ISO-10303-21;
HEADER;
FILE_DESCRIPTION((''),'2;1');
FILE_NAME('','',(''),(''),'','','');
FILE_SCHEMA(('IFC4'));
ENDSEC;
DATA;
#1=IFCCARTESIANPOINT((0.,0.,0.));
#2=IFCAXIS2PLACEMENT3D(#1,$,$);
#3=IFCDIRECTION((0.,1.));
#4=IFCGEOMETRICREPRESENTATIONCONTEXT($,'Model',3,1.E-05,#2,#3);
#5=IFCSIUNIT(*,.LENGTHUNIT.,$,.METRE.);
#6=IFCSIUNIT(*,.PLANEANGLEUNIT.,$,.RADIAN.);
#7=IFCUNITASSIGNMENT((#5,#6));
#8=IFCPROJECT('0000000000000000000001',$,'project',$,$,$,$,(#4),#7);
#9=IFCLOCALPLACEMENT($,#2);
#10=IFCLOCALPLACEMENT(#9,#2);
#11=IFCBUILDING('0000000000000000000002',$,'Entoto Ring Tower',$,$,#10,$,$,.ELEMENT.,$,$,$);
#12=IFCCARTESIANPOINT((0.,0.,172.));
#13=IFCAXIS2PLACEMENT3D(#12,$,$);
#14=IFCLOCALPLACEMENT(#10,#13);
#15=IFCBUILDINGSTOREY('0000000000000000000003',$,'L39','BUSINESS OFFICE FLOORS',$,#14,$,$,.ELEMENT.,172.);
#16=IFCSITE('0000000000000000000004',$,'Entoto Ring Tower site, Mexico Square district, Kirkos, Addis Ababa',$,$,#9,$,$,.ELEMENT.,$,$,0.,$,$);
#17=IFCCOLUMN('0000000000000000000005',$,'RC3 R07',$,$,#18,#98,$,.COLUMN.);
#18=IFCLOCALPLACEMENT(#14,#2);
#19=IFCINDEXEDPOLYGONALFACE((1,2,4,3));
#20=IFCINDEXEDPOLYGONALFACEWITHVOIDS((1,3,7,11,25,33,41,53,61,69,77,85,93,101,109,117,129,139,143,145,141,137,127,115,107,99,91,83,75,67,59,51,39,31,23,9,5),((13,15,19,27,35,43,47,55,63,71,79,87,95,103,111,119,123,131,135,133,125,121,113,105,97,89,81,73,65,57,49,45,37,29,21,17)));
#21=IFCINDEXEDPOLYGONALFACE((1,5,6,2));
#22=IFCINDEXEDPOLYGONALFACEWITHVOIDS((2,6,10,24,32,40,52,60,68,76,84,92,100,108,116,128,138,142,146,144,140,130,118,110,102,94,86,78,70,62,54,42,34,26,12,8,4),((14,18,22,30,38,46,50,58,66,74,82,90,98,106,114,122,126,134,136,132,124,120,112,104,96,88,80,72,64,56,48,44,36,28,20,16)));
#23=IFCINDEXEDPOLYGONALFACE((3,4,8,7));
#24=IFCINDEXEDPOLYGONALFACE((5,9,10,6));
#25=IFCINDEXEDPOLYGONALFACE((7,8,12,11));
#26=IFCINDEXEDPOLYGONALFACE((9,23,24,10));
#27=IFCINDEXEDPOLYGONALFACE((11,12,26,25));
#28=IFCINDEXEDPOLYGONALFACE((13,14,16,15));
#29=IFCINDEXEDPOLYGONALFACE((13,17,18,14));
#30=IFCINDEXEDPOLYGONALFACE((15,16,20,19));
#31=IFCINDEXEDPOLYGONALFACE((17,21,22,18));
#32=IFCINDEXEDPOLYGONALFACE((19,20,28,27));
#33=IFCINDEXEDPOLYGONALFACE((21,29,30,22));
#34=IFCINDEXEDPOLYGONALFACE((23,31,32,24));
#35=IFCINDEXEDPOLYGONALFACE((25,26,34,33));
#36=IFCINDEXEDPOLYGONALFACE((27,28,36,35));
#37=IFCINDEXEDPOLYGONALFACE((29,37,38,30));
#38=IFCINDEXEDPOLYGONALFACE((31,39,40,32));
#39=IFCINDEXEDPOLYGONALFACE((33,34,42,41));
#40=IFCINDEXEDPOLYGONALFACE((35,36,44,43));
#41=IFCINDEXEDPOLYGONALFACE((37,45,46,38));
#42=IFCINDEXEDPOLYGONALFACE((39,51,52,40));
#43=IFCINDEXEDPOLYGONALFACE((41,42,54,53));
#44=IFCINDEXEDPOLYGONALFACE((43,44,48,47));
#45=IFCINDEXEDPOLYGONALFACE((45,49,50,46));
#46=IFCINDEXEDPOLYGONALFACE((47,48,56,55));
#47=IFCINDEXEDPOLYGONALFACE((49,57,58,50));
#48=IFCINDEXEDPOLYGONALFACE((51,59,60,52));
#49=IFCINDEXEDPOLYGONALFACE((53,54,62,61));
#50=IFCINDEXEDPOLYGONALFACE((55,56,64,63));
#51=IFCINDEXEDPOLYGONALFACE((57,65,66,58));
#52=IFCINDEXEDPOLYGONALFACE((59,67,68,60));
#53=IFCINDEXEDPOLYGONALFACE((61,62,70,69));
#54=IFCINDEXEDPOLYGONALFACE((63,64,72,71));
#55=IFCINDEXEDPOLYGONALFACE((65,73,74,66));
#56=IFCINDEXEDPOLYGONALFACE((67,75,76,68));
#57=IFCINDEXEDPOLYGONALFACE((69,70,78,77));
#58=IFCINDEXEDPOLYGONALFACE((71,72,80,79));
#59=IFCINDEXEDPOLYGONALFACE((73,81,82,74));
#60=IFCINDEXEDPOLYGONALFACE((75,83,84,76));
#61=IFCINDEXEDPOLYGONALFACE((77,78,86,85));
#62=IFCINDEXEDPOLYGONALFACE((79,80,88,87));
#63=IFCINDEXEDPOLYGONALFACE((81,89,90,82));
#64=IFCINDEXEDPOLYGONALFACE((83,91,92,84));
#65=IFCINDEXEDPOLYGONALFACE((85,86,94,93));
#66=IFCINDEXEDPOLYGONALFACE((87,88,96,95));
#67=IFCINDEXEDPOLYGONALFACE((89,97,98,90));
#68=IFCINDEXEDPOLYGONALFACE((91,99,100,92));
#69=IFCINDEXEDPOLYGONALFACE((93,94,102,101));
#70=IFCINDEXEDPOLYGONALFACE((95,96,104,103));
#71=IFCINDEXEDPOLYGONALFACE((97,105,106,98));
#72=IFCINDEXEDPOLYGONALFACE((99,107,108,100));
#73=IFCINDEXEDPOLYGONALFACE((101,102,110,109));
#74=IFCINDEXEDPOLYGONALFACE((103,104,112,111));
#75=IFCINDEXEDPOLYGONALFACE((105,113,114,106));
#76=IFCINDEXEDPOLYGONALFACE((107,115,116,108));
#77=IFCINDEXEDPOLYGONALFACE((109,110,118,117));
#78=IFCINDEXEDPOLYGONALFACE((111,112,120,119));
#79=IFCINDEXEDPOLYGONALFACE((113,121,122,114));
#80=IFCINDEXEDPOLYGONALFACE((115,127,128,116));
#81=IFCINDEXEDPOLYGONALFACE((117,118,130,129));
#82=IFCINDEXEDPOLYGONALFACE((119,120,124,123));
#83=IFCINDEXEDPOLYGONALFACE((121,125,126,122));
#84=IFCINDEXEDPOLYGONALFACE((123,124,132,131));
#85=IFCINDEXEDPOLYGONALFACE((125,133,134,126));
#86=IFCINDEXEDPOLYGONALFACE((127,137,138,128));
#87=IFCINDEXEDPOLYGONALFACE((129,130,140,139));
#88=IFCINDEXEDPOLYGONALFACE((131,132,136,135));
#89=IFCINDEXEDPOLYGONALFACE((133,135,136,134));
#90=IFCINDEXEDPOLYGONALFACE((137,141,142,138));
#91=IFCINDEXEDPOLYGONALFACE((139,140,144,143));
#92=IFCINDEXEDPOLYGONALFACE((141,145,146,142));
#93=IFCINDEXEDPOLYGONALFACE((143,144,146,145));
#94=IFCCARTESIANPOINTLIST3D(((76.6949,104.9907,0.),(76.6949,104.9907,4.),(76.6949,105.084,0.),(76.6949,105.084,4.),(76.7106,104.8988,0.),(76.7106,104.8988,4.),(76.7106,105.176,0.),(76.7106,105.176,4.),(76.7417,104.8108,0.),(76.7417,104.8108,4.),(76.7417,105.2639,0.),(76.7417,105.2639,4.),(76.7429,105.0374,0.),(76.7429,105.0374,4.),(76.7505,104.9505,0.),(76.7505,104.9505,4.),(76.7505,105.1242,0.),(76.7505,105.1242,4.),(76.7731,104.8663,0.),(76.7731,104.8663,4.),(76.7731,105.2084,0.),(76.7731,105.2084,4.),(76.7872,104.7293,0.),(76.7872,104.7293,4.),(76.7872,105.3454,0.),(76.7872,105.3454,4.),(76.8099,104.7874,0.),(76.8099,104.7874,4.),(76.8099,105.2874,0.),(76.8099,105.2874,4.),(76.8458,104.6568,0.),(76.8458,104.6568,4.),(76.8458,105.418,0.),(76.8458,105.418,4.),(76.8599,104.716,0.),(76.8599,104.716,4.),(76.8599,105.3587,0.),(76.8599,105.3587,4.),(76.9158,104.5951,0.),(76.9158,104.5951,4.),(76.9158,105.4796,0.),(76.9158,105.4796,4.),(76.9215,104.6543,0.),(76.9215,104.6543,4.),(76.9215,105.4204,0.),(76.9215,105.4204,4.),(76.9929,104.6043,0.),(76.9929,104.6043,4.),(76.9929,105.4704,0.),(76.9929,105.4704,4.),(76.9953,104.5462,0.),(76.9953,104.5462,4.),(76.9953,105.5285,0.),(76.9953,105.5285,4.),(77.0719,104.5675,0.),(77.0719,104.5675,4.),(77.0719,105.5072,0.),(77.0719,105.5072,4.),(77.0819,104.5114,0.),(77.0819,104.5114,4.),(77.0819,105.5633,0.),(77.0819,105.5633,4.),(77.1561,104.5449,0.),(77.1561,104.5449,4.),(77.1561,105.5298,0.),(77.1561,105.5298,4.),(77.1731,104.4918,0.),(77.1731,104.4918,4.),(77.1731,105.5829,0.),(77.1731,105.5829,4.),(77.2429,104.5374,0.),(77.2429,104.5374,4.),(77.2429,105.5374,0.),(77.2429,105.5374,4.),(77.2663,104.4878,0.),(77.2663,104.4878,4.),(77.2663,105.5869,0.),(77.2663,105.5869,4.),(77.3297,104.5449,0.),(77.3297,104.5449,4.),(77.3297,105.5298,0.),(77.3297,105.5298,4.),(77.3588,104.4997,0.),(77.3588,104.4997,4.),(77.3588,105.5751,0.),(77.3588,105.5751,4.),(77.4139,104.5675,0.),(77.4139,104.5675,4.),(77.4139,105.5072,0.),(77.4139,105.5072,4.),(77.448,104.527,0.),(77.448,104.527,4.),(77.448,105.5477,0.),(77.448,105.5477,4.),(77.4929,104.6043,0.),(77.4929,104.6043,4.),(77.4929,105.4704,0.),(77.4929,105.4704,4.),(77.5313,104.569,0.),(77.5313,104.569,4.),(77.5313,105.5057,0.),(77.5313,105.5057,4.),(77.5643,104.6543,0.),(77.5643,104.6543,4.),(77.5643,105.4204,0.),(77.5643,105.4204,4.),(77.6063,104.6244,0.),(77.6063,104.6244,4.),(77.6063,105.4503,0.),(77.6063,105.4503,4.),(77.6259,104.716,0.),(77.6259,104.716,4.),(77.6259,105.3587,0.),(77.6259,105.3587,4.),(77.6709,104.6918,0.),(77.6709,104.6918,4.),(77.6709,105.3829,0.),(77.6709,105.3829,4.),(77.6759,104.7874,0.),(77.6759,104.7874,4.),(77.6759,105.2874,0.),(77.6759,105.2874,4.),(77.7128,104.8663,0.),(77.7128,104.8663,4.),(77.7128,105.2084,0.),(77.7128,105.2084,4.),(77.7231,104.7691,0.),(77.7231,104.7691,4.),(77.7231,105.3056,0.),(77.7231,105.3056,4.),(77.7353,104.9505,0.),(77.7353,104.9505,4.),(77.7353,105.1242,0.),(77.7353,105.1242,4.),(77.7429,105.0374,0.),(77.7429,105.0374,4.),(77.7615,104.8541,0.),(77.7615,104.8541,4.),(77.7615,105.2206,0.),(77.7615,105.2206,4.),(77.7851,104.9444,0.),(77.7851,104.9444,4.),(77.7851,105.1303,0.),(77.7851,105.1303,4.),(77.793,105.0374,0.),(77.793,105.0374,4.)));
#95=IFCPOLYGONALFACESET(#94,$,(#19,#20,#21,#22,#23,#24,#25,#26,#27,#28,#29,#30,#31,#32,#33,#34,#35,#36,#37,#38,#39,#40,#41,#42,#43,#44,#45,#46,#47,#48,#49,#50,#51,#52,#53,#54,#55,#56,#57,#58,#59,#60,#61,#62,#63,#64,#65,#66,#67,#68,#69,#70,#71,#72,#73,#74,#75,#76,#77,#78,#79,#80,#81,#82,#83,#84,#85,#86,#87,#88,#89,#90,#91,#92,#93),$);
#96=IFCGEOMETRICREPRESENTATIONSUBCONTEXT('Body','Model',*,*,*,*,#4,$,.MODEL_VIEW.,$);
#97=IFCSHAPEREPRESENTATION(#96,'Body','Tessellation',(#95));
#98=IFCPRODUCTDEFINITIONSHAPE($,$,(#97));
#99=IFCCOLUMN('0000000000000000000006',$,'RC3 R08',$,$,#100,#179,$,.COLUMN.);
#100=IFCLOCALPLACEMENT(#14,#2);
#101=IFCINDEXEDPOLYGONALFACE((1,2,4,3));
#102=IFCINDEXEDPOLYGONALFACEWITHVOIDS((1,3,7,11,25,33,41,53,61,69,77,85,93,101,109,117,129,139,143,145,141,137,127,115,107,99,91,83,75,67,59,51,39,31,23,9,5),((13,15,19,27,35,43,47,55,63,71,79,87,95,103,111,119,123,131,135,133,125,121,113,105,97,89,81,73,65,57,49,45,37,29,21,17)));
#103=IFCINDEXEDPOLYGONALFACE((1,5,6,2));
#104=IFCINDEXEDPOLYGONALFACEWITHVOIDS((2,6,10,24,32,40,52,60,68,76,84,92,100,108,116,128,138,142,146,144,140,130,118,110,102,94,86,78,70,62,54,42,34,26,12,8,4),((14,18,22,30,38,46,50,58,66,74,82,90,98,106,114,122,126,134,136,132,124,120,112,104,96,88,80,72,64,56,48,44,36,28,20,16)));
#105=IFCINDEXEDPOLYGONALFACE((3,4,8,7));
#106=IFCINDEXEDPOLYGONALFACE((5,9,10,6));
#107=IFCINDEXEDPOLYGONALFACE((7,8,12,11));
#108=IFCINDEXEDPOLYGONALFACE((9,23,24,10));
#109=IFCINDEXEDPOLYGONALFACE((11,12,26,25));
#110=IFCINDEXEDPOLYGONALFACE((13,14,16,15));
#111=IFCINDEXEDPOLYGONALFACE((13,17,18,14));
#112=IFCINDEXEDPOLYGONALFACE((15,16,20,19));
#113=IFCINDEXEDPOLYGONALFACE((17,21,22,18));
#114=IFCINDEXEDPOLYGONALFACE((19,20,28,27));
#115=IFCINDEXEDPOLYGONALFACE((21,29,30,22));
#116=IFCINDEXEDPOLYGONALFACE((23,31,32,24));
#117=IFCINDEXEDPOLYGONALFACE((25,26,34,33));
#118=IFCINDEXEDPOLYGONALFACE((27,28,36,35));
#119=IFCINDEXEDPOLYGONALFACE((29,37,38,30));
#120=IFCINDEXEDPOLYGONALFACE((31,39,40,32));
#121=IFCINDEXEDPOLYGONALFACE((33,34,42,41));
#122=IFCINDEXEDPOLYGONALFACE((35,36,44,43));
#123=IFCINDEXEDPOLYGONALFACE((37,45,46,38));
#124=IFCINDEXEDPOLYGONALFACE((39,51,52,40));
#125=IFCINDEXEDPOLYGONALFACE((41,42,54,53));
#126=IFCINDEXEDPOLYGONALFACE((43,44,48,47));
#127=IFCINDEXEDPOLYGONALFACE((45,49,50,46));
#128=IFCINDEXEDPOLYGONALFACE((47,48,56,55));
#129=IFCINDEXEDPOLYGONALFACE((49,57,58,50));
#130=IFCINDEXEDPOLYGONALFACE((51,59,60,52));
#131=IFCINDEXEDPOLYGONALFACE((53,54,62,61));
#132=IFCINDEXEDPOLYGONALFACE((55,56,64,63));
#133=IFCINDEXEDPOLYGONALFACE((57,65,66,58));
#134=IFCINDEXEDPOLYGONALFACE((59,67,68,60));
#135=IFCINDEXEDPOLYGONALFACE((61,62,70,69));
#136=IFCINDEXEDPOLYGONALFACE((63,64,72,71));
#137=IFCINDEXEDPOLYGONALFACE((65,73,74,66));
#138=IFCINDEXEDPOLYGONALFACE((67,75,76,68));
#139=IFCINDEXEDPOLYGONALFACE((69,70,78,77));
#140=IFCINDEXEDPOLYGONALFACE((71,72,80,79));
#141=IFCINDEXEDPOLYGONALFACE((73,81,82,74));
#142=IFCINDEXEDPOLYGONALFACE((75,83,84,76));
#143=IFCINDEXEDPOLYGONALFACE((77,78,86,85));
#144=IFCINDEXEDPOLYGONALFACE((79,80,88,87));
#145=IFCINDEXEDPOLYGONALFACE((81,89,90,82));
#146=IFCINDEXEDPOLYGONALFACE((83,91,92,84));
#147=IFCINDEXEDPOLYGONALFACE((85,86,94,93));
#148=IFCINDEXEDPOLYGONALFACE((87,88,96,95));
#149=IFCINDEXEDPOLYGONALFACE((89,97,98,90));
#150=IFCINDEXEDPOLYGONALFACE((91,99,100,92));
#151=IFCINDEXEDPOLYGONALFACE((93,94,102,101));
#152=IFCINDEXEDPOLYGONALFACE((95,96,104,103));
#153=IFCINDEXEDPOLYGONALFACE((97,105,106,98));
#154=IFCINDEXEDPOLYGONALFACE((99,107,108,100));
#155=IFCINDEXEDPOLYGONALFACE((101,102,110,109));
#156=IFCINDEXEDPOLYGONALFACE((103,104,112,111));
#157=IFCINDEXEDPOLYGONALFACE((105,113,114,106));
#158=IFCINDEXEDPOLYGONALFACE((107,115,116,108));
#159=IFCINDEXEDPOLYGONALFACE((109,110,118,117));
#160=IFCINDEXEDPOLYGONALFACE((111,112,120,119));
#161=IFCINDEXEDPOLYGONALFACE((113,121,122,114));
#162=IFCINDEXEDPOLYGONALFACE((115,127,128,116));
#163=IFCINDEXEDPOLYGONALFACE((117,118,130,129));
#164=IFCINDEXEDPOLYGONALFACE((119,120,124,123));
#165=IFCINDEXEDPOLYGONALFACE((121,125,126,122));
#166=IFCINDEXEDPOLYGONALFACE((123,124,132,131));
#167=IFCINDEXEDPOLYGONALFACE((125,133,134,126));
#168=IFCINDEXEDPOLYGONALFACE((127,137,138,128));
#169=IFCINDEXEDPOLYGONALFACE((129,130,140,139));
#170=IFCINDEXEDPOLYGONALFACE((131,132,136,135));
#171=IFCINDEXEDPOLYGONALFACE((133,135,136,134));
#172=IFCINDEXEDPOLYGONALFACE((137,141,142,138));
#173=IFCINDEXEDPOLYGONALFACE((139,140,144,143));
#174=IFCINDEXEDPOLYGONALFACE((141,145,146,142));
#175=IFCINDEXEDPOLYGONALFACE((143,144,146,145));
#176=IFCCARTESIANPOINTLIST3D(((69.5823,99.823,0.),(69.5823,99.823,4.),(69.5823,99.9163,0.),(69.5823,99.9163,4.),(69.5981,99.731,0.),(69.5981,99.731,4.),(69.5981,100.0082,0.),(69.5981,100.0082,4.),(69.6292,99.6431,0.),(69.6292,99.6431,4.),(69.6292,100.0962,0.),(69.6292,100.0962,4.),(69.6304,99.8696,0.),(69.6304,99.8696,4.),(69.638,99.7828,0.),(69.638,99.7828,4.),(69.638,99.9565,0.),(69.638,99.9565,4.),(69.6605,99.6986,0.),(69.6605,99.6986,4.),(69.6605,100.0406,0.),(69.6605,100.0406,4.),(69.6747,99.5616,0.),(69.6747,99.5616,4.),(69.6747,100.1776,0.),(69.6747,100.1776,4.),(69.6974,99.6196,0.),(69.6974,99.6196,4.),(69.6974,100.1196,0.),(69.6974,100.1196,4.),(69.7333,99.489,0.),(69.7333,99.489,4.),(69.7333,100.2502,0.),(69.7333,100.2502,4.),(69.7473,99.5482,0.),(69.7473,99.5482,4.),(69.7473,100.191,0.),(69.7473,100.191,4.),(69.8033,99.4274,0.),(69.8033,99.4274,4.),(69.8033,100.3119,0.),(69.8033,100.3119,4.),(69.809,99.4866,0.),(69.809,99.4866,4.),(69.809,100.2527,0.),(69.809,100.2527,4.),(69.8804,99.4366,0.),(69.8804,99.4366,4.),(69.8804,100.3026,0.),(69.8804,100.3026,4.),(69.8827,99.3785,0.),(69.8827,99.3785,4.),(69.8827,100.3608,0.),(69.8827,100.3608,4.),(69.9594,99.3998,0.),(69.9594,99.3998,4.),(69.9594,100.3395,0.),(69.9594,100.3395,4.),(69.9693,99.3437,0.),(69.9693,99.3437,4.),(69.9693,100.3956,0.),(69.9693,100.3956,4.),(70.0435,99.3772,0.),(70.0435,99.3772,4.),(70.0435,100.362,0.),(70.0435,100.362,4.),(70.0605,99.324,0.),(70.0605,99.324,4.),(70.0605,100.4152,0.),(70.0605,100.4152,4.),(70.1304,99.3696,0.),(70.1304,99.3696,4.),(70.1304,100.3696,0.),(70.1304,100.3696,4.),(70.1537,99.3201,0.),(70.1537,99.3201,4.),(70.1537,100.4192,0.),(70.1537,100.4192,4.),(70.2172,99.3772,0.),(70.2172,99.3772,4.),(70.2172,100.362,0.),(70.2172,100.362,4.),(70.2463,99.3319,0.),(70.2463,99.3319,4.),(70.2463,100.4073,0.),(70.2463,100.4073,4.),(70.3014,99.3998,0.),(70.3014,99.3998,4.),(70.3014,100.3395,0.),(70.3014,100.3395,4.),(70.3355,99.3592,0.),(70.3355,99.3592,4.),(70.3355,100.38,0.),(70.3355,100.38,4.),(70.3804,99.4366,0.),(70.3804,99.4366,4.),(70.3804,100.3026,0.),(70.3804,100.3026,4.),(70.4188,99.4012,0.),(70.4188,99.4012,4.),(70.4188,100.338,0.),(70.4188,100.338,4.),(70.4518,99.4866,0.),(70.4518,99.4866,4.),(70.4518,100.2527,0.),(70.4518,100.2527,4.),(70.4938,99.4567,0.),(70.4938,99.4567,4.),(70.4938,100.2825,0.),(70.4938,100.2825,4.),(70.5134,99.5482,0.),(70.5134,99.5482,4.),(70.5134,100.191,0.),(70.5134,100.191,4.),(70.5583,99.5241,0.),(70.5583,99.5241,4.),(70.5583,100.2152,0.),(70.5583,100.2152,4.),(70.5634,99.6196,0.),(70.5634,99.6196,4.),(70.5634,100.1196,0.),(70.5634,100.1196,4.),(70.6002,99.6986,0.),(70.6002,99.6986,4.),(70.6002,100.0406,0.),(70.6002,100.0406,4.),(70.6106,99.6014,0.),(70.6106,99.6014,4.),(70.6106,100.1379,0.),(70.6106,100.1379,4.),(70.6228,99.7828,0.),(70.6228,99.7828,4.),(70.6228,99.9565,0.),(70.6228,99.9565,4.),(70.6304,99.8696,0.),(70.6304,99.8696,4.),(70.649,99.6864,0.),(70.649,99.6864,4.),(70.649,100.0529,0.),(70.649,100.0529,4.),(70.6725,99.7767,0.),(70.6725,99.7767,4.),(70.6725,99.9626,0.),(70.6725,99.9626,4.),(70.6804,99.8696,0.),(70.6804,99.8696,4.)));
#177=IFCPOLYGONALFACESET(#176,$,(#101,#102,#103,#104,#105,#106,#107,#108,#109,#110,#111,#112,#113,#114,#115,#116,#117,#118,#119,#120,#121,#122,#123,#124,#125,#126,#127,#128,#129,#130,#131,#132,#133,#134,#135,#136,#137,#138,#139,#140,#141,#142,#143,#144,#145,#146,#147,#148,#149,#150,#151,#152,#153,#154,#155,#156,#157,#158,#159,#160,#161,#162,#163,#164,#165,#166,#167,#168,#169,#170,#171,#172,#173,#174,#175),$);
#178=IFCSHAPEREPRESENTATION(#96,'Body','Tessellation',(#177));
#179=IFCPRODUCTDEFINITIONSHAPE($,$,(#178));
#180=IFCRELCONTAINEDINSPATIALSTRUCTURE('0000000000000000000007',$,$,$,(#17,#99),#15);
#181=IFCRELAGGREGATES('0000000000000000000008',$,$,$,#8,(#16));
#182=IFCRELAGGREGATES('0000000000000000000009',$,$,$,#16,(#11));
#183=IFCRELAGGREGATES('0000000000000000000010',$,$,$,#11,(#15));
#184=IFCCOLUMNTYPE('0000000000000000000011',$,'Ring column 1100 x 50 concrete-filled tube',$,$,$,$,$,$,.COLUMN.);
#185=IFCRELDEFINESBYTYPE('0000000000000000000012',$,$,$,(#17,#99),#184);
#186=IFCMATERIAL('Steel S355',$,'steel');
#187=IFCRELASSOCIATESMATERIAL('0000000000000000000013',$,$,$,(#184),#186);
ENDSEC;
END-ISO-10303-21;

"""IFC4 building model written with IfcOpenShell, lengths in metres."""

from ifc_helpers import new_model, si_unit, direction, frame, origin, origin_2d, place, context, subcontext, project, spatial, circle, hollow_circle, extrude, material, material_profile, profile_set, type_object, element, save


model = new_model("IFC4")

# Units and contexts
model_context = context("Model", 3, precision=1e-05, world=origin(), true_north=direction((0.0, 1.0)))
body_context = subcontext(model_context, "Body", "Model", "MODEL_VIEW")
ifc_project = project(units=[si_unit("LENGTHUNIT", "METRE"), si_unit("PLANEANGLEUNIT", "RADIAN")], contexts=[model_context])

# Site, building, storey
site_placement = place(None, origin())
site = spatial("IfcSite", under=ifc_project, at=site_placement, Name="Entoto Ring Tower site, Mexico Square district, Kirkos, Addis Ababa", CompositionType="ELEMENT", RefElevation=0.0)
building_placement = place(site_placement, origin())
building = spatial("IfcBuilding", under=site, at=building_placement, Name="Entoto Ring Tower", CompositionType="ELEMENT")
storey_placement = place(building_placement, frame((0.0, 0.0, 172.0)))
storey = spatial("IfcBuildingStorey", under=building, at=storey_placement, Name="L39", Description="BUSINESS OFFICE FLOORS", CompositionType="ELEMENT", Elevation=172.0)

# Columns
ifc_material_1 = material(Name="Steel S355", Category="steel")
ifc_material_profile_1 = material_profile(ifc_material_1, hollow_circle(Radius=0.55, WallThickness=0.05, at=origin_2d()), Name="CHS 1100 x 50")
ifc_material_2 = material(Name="Concrete C60/75", Category="concrete")
ifc_material_profile_2 = material_profile(ifc_material_2, circle(Radius=0.5, at=origin_2d()), Name="Concrete C60/75 infill")
ifc_profile_set_1 = profile_set([ifc_material_profile_1, ifc_material_profile_2], Name="Steel S355")
column_type = type_object("IfcColumnType", Name="Ring column 1100 x 50 concrete-filled tube", PredefinedType="COLUMN", material=ifc_profile_set_1)
for number, where, z_axis, x_axis, name in (
    (1, (77.2429, 105.0374, 0.0), (0.0, 0.0, 1.0), (1.0, 0.0, 0.0), "RC3 R07"),
    (2, (70.1304, 99.8696, 0.0), (0.0, 0.0, 1.0), (1.0, 0.0, 0.0), "RC3 R08"),
):
    element("IfcColumn", number, at=place(storey_placement, frame(where, z_axis=z_axis, x_axis=x_axis)), inside=storey, type_object=column_type, Name=name, PredefinedType="COLUMN", context=body_context, shape_type="SweptSolid", body=[
        extrude(hollow_circle(Radius=0.55, WallThickness=0.05, at=origin_2d()), origin(), (0.0, 0.0, 1.0), 4.0),
    ])

save(model, "model.ifc")
